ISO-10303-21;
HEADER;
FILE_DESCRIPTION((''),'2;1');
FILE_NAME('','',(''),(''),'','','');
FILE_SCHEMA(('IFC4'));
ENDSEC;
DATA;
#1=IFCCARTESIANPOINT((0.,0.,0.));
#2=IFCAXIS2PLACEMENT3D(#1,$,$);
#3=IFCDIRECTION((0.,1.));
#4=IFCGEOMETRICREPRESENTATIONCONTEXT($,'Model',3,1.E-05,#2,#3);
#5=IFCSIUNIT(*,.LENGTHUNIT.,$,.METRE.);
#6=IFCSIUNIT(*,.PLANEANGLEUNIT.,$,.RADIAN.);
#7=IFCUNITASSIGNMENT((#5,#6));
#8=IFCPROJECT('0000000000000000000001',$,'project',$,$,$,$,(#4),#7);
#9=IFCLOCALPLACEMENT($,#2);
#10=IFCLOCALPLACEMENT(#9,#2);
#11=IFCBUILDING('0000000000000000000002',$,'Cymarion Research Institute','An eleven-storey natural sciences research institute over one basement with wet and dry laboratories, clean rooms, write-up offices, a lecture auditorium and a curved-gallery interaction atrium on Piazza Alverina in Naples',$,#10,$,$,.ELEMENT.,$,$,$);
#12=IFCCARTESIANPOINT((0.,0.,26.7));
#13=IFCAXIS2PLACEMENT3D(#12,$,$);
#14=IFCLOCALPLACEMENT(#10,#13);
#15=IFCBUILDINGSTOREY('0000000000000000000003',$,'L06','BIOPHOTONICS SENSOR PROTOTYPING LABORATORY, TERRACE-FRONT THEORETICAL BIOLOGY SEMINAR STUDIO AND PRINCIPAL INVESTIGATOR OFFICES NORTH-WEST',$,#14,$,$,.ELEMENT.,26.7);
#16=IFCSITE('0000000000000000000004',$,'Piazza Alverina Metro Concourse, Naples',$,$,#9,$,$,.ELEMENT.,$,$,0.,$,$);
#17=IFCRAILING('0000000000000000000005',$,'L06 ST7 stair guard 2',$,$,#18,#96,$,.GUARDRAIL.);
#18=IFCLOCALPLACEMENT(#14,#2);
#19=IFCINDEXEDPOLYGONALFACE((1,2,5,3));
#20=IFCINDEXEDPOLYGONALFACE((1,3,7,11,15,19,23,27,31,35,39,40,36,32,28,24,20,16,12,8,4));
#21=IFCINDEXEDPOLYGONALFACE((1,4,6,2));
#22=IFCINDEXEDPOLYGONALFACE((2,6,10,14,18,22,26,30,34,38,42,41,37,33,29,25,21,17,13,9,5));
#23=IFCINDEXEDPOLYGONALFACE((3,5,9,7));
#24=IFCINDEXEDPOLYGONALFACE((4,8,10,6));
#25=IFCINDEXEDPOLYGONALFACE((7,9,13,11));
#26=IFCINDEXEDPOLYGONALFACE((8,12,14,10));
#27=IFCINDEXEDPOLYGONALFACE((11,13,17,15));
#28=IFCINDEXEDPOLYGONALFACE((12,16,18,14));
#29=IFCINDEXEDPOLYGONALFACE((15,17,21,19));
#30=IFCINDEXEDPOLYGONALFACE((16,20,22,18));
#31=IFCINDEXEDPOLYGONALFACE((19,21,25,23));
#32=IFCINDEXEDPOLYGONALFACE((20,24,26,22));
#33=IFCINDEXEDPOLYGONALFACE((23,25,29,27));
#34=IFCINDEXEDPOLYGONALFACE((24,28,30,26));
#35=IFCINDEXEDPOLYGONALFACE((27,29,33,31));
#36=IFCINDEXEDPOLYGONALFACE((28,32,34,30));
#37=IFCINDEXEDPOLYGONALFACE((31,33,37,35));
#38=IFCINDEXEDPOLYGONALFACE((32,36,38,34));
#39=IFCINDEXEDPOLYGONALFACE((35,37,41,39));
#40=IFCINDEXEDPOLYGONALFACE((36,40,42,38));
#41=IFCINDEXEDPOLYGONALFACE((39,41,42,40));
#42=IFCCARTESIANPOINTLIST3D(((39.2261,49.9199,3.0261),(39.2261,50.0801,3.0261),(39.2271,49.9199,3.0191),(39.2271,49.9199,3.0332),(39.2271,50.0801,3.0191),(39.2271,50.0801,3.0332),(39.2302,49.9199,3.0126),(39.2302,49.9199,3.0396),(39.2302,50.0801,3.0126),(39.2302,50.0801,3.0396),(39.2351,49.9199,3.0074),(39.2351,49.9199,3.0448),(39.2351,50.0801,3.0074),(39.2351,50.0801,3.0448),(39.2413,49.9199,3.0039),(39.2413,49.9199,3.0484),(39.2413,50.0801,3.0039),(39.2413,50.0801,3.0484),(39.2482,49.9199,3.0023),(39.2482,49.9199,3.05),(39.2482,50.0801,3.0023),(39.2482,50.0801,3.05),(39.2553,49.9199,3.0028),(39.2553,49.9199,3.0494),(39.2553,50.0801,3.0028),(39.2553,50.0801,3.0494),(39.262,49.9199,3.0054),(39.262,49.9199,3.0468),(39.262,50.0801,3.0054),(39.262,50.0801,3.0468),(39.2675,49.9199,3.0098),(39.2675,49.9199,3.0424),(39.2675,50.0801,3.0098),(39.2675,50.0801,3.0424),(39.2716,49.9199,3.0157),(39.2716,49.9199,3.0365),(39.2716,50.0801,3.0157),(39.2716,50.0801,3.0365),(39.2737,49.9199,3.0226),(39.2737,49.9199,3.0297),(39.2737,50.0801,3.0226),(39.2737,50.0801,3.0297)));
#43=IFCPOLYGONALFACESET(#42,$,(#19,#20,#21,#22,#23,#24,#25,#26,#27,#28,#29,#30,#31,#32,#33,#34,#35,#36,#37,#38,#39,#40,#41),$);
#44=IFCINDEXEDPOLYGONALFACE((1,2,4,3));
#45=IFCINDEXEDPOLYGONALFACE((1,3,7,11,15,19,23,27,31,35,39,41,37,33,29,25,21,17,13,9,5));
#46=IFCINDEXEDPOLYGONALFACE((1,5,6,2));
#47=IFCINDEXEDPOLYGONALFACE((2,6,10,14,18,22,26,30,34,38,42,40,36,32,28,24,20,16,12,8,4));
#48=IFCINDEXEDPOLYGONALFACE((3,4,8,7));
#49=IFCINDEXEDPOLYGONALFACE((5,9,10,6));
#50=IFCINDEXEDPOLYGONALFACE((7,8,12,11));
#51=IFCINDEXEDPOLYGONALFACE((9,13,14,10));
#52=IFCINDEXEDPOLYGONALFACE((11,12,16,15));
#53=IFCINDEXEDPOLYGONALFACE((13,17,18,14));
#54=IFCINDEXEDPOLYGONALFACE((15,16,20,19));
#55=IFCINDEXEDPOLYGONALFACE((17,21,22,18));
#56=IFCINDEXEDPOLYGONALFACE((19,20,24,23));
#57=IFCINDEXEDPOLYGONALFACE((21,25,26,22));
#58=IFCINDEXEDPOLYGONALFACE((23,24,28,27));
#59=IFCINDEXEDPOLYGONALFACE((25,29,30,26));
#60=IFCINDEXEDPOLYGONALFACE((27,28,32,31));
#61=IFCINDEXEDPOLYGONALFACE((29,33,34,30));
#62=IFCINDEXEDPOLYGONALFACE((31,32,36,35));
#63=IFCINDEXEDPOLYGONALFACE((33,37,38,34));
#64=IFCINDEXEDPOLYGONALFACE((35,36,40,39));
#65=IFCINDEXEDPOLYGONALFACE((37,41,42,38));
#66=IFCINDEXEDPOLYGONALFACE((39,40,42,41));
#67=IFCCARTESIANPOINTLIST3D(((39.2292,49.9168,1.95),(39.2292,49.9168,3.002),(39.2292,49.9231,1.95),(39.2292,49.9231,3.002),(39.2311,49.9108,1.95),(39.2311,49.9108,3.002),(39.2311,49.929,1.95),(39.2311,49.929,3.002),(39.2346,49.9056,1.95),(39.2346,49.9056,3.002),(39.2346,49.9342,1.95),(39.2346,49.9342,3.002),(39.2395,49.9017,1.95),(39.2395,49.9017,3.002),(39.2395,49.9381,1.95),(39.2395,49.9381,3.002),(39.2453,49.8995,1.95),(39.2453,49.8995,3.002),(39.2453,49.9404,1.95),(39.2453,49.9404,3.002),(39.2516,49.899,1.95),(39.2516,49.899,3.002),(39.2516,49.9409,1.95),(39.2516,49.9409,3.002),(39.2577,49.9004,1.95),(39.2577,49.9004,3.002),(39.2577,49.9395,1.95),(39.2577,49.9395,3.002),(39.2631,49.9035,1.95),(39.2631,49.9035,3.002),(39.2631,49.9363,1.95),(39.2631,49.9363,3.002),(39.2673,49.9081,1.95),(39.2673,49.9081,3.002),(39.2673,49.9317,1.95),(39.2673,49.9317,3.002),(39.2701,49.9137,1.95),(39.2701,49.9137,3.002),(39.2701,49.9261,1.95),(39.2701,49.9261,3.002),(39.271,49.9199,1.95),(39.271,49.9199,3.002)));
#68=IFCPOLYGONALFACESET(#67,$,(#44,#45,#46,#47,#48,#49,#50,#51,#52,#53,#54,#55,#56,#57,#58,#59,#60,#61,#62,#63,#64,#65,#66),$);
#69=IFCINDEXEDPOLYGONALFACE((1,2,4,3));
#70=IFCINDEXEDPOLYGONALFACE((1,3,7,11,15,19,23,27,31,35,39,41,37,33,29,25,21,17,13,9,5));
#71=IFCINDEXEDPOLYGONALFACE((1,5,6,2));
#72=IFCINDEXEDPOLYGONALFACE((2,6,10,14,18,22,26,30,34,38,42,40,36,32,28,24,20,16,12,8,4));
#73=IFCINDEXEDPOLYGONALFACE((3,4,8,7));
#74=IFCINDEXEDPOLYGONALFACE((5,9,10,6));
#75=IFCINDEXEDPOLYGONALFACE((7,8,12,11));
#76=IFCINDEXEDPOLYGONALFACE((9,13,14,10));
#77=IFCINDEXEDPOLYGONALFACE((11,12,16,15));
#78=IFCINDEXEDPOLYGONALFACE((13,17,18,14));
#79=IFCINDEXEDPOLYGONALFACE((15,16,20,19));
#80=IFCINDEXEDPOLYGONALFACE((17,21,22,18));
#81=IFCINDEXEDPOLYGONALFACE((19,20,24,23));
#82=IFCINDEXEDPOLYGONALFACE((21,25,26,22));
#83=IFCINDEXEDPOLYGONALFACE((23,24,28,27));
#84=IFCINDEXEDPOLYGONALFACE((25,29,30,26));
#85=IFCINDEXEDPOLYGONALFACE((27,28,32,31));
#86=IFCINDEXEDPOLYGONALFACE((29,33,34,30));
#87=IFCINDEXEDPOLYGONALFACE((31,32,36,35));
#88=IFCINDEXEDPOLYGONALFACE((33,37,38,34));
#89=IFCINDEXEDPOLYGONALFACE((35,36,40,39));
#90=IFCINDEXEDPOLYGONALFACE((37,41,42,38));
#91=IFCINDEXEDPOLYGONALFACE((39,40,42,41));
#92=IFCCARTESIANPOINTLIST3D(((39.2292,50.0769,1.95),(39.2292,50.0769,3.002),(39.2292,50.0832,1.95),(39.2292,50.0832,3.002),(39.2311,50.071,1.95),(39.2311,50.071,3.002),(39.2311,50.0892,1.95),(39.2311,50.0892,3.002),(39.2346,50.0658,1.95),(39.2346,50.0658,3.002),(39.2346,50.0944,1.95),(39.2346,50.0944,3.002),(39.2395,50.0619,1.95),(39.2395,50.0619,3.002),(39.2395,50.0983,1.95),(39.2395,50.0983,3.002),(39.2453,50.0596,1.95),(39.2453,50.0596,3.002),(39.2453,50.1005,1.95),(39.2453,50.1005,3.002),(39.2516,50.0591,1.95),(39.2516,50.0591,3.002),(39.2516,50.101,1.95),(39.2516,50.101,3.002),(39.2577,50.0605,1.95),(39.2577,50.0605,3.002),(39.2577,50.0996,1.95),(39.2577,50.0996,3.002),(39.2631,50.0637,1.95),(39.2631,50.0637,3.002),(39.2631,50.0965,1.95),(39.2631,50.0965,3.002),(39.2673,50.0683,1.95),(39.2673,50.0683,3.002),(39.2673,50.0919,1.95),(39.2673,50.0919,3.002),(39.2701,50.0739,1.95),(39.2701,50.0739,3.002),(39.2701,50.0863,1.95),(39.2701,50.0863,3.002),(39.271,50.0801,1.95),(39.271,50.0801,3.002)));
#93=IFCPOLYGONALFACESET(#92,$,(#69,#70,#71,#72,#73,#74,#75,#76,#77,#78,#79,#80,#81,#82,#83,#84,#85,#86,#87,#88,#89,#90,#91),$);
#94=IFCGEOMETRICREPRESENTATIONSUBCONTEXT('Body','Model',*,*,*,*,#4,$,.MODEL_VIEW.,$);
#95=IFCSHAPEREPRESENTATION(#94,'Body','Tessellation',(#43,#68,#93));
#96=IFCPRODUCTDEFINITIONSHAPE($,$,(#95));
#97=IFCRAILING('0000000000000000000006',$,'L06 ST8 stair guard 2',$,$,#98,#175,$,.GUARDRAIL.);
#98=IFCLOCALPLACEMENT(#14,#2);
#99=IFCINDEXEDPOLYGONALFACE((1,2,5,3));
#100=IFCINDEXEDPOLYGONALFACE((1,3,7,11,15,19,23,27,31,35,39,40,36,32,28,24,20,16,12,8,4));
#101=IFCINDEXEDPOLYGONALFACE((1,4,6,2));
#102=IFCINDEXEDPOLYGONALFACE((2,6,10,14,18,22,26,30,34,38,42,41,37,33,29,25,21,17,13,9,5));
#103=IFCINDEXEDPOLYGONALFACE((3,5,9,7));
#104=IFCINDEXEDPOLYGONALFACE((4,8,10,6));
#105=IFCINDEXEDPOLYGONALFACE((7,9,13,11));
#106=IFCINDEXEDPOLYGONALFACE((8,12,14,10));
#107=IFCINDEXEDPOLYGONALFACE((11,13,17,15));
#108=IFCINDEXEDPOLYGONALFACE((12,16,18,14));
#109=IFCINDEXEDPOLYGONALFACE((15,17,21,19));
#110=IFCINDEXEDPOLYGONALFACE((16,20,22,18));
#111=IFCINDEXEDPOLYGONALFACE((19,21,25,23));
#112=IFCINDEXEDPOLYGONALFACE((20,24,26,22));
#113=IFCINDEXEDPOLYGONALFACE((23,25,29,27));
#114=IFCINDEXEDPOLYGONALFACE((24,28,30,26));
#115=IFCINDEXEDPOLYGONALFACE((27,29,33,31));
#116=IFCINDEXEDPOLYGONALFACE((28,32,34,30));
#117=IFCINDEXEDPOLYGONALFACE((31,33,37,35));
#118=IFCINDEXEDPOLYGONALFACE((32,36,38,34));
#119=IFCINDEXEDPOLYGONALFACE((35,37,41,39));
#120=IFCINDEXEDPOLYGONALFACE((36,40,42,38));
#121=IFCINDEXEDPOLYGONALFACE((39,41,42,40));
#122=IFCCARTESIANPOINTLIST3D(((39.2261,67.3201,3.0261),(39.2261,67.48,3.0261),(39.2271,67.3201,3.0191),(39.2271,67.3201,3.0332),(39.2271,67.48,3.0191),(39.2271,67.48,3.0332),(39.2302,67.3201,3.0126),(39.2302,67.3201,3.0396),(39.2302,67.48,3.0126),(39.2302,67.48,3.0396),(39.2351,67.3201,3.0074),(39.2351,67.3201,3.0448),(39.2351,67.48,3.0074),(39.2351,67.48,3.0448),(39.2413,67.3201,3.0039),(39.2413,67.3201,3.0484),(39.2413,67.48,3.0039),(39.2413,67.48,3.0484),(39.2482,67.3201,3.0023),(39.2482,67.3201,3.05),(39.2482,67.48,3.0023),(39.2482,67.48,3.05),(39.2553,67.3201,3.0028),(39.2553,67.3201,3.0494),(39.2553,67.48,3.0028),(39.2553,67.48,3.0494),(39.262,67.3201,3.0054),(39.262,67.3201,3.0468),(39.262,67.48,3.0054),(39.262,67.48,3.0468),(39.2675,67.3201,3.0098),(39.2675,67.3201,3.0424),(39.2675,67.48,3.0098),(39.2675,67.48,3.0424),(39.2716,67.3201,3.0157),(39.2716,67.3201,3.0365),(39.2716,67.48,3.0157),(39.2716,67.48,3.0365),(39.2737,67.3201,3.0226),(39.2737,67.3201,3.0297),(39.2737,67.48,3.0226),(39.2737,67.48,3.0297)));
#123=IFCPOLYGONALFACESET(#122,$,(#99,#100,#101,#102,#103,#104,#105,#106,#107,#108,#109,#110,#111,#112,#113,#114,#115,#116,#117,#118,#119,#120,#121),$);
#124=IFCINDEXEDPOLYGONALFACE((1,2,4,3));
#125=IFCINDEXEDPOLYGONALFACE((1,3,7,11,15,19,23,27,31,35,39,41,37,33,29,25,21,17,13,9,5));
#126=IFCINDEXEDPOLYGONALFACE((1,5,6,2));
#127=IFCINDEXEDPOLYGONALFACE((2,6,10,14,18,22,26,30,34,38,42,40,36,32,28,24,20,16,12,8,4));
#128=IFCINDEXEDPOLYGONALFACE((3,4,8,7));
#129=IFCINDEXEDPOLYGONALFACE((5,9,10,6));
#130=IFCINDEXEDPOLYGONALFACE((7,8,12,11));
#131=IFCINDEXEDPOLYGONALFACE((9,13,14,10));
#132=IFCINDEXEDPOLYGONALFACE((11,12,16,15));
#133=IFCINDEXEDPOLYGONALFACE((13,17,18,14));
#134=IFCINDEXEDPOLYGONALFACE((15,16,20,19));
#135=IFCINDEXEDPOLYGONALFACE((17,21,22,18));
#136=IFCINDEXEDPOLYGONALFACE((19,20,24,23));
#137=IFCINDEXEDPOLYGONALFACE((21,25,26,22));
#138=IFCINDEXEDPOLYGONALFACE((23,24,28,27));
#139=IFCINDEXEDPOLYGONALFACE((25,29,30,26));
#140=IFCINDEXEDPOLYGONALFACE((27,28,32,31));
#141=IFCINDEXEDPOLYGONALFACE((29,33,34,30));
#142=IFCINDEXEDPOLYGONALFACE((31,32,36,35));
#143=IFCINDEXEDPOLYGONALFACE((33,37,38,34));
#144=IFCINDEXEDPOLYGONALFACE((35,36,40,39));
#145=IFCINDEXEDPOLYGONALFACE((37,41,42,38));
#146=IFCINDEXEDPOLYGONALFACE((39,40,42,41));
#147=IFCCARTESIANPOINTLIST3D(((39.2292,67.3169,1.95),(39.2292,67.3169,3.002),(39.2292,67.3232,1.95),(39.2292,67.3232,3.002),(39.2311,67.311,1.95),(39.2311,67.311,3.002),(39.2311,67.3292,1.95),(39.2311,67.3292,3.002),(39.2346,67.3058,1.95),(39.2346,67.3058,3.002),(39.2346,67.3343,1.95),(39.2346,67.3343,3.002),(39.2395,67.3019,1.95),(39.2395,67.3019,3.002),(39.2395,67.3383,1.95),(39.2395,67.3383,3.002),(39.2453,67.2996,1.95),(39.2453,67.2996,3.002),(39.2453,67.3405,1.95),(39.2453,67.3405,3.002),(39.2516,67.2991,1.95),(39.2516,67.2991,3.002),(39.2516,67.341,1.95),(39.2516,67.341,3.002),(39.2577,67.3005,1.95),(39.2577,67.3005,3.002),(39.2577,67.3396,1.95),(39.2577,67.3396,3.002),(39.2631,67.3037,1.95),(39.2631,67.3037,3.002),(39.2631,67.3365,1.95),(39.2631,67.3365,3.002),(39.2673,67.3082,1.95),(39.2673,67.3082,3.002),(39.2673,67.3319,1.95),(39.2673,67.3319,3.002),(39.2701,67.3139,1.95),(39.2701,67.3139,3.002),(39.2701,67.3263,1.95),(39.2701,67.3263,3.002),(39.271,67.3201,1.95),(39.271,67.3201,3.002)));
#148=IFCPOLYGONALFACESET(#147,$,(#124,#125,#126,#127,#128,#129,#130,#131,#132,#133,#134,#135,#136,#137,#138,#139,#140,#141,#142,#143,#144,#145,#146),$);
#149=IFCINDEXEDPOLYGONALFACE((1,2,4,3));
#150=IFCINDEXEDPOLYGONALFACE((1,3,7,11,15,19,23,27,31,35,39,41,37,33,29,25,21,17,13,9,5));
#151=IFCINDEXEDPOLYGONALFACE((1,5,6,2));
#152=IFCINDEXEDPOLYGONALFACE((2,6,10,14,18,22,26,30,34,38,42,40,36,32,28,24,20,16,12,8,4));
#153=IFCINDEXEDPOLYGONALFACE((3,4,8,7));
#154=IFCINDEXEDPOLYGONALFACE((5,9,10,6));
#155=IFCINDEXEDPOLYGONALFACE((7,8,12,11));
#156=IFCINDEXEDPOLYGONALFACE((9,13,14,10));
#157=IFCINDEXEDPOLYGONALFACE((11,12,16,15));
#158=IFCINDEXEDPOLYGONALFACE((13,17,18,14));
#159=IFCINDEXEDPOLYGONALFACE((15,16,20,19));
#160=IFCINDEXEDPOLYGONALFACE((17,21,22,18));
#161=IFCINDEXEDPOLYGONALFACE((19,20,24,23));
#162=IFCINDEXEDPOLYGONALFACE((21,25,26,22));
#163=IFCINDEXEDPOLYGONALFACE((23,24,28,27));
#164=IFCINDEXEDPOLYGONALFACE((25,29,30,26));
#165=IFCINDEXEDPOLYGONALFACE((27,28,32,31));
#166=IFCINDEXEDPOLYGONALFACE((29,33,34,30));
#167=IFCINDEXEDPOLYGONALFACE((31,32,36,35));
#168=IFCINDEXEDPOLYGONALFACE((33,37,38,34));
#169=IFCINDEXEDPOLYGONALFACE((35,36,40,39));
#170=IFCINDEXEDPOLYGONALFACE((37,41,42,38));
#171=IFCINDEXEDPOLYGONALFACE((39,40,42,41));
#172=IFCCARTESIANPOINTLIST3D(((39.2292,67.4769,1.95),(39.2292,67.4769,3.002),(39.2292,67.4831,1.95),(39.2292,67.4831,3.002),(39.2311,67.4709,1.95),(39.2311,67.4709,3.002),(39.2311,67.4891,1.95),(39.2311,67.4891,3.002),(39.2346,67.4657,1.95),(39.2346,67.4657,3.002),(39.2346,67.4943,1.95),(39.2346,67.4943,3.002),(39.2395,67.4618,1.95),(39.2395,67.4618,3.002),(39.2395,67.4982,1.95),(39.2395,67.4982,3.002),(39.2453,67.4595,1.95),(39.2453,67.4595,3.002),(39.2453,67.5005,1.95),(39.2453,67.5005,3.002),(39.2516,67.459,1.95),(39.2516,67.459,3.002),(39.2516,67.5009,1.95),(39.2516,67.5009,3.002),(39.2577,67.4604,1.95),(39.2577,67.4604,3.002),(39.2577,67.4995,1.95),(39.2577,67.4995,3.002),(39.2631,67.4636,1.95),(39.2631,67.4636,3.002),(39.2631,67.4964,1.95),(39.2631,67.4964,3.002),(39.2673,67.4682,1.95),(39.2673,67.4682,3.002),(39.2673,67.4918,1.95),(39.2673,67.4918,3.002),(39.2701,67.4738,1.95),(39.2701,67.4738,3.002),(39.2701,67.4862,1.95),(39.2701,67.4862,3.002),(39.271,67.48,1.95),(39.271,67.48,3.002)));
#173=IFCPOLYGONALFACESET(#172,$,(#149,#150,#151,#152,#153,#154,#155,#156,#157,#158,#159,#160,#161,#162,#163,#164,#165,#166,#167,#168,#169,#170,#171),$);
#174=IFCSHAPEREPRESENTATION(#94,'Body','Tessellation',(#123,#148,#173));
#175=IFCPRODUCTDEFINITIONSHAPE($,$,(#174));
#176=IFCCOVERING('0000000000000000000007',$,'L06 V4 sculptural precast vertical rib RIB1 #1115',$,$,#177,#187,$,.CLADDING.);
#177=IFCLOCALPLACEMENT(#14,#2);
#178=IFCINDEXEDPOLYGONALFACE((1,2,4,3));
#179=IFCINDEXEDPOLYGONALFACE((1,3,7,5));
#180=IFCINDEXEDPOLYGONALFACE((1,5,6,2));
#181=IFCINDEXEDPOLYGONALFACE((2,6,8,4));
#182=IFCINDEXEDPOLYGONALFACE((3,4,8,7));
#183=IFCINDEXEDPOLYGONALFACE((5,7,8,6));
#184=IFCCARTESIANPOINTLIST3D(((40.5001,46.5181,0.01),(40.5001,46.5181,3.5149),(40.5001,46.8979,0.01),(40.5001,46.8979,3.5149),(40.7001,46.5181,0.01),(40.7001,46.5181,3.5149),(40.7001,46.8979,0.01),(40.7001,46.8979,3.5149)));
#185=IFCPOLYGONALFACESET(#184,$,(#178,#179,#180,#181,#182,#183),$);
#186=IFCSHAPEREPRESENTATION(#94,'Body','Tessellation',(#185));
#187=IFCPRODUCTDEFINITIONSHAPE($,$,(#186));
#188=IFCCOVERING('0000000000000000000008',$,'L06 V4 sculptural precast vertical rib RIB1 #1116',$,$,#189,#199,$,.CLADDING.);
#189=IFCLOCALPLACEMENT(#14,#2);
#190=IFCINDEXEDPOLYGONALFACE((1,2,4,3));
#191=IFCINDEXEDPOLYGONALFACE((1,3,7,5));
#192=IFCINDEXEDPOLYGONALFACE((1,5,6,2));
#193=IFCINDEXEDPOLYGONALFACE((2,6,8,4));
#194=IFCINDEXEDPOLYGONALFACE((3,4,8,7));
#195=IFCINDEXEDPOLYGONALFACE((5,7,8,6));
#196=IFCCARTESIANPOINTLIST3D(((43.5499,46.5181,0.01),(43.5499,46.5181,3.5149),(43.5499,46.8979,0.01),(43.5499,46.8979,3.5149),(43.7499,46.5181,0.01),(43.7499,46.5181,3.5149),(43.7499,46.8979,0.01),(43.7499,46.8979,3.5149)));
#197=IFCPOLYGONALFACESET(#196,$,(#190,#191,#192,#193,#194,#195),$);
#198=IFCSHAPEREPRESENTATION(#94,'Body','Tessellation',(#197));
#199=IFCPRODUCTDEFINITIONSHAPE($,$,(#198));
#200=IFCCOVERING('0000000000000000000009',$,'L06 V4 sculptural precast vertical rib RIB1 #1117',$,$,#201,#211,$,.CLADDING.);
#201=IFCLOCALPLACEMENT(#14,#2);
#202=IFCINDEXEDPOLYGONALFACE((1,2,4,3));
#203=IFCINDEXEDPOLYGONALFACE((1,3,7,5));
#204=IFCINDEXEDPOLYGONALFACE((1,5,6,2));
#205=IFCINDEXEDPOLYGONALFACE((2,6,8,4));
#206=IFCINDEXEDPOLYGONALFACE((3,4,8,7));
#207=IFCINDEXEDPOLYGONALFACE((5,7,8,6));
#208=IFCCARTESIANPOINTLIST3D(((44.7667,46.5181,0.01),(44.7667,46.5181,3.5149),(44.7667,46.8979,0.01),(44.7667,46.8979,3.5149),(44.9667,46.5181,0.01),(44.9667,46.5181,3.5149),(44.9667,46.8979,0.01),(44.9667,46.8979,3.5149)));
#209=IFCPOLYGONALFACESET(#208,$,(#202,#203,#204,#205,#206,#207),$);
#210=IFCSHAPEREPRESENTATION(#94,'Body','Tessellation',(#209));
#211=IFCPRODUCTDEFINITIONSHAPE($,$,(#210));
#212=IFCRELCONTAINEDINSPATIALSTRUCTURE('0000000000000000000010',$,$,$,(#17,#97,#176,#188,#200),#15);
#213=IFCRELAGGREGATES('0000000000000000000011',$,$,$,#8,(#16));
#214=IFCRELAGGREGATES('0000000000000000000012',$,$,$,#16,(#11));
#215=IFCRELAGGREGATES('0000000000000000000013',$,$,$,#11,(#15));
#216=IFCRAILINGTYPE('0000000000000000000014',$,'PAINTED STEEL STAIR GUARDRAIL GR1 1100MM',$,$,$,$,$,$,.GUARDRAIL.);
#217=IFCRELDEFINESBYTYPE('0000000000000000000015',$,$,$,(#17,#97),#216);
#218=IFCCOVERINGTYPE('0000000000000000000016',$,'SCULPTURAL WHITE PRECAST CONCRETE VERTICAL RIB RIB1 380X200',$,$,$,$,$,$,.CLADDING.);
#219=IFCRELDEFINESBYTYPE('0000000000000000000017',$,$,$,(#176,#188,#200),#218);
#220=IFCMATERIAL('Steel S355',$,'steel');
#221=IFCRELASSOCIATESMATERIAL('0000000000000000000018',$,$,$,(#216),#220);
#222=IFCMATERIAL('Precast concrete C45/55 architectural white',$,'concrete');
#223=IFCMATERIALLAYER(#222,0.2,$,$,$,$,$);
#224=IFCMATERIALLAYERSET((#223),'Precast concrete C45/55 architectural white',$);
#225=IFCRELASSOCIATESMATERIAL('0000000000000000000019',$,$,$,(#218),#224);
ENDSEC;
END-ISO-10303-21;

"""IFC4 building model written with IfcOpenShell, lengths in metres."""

from ifc_helpers import new_model, si_unit, direction, frame, origin, origin_2d, place, context, subcontext, project, spatial, rectangle, circle, extrude, material, layer, layer_set, type_object, element, save


model = new_model("IFC4")

# Units and contexts
model_context = context("Model", 3, precision=1e-05, world=origin(), true_north=direction((0.0, 1.0)))
body_context = subcontext(model_context, "Body", "Model", "MODEL_VIEW")
ifc_project = project(units=[si_unit("LENGTHUNIT", "METRE"), si_unit("PLANEANGLEUNIT", "RADIAN")], contexts=[model_context])

# Site, building, storey
site_placement = place(None, origin())
site = spatial("IfcSite", under=ifc_project, at=site_placement, Name="Piazza Alverina Metro Concourse, Naples", CompositionType="ELEMENT", RefElevation=0.0)
building_placement = place(site_placement, origin())
building = spatial("IfcBuilding", under=site, at=building_placement, Name="Cymarion Research Institute", Description="An eleven-storey natural sciences research institute over one basement with wet and dry laboratories, clean rooms, write-up offices, a lecture auditorium and a curved-gallery interaction atrium on Piazza Alverina in Naples", CompositionType="ELEMENT")
storey_placement = place(building_placement, frame((0.0, 0.0, 26.7)))
storey = spatial("IfcBuildingStorey", under=building, at=storey_placement, Name="L06", Description="BIOPHOTONICS SENSOR PROTOTYPING LABORATORY, TERRACE-FRONT THEORETICAL BIOLOGY SEMINAR STUDIO AND PRINCIPAL INVESTIGATOR OFFICES NORTH-WEST", CompositionType="ELEMENT", Elevation=26.7)

# Shared definitions
ifc_material_1 = material(Name="Steel S355", Category="steel")

# Railings
railing_type = type_object("IfcRailingType", Name="PAINTED STEEL STAIR GUARDRAIL GR1 1100MM", PredefinedType="GUARDRAIL", material=ifc_material_1)
railing_1_placement = place(storey_placement, frame((39.25, 49.9199, 1.95)))
element("IfcRailing", 1, at=railing_1_placement, inside=storey, type_object=railing_type, Name="L06 ST7 stair guard 2", PredefinedType="GUARDRAIL", context=body_context, shape_type="SweptSolid", body=[
    extrude(circle(Radius=0.0239, at=origin_2d()), frame((0.0, 0.0, 1.0762), z_axis=(0.0, 1.0, 0.0), x_axis=(-1.0, 0.0, 0.0)), (0.0, 0.0, 1.0), 0.1602),
    extrude(circle(Radius=0.021, at=origin_2d()), origin(), (0.0, 0.0, 1.0), 1.052),
    extrude(circle(Radius=0.021, at=origin_2d()), frame((0.0, 0.1602, 0.0)), (0.0, 0.0, 1.0), 1.052),
])
railing_2_placement = place(storey_placement, frame((39.25, 67.3201, 1.95)))
element("IfcRailing", 2, at=railing_2_placement, inside=storey, type_object=railing_type, Name="L06 ST8 stair guard 2", PredefinedType="GUARDRAIL", context=body_context, shape_type="SweptSolid", body=[
    extrude(circle(Radius=0.0239, at=origin_2d()), frame((0.0, 0.0, 1.0762), z_axis=(0.0, 1.0, 0.0), x_axis=(-1.0, 0.0, 0.0)), (0.0, 0.0, 1.0), 0.1599),
    extrude(circle(Radius=0.021, at=origin_2d()), origin(), (0.0, 0.0, 1.0), 1.052),
    extrude(circle(Radius=0.021, at=origin_2d()), frame((0.0, 0.1599, 0.0)), (0.0, 0.0, 1.0), 1.052),
])

# Coverings
ifc_material_2 = material(Name="Precast concrete C45/55 architectural white", Category="concrete")
ifc_layer_1 = layer(ifc_material_2, 0.2)
ifc_layer_set_1 = layer_set([ifc_layer_1], Name="Precast concrete C45/55 architectural white")
covering_type = type_object("IfcCoveringType", Name="SCULPTURAL WHITE PRECAST CONCRETE VERTICAL RIB RIB1 380X200", PredefinedType="CLADDING", material=ifc_layer_set_1)
for number, where, z_axis, x_axis, name in (
    (3, (40.6001, 46.708, 0.01), (0.0, 0.0, 1.0), (0.0, -1.0, 0.0), "L06 V4 sculptural precast vertical rib RIB1 #1115"),
    (4, (43.6499, 46.708, 0.01), (0.0, 0.0, 1.0), (0.0, -1.0, 0.0), "L06 V4 sculptural precast vertical rib RIB1 #1116"),
    (5, (44.8667, 46.708, 0.01), (0.0, 0.0, 1.0), (0.0, -1.0, 0.0), "L06 V4 sculptural precast vertical rib RIB1 #1117"),
):
    element("IfcCovering", number, at=place(storey_placement, frame(where, z_axis=z_axis, x_axis=x_axis)), inside=storey, type_object=covering_type, Name=name, PredefinedType="CLADDING", context=body_context, shape_type="SweptSolid", body=[
        extrude(rectangle(XDim=0.3799, YDim=0.2, at=origin_2d()), origin(), (0.0, 0.0, 1.0), 3.5049),
    ])

save(model, "model.ifc")
